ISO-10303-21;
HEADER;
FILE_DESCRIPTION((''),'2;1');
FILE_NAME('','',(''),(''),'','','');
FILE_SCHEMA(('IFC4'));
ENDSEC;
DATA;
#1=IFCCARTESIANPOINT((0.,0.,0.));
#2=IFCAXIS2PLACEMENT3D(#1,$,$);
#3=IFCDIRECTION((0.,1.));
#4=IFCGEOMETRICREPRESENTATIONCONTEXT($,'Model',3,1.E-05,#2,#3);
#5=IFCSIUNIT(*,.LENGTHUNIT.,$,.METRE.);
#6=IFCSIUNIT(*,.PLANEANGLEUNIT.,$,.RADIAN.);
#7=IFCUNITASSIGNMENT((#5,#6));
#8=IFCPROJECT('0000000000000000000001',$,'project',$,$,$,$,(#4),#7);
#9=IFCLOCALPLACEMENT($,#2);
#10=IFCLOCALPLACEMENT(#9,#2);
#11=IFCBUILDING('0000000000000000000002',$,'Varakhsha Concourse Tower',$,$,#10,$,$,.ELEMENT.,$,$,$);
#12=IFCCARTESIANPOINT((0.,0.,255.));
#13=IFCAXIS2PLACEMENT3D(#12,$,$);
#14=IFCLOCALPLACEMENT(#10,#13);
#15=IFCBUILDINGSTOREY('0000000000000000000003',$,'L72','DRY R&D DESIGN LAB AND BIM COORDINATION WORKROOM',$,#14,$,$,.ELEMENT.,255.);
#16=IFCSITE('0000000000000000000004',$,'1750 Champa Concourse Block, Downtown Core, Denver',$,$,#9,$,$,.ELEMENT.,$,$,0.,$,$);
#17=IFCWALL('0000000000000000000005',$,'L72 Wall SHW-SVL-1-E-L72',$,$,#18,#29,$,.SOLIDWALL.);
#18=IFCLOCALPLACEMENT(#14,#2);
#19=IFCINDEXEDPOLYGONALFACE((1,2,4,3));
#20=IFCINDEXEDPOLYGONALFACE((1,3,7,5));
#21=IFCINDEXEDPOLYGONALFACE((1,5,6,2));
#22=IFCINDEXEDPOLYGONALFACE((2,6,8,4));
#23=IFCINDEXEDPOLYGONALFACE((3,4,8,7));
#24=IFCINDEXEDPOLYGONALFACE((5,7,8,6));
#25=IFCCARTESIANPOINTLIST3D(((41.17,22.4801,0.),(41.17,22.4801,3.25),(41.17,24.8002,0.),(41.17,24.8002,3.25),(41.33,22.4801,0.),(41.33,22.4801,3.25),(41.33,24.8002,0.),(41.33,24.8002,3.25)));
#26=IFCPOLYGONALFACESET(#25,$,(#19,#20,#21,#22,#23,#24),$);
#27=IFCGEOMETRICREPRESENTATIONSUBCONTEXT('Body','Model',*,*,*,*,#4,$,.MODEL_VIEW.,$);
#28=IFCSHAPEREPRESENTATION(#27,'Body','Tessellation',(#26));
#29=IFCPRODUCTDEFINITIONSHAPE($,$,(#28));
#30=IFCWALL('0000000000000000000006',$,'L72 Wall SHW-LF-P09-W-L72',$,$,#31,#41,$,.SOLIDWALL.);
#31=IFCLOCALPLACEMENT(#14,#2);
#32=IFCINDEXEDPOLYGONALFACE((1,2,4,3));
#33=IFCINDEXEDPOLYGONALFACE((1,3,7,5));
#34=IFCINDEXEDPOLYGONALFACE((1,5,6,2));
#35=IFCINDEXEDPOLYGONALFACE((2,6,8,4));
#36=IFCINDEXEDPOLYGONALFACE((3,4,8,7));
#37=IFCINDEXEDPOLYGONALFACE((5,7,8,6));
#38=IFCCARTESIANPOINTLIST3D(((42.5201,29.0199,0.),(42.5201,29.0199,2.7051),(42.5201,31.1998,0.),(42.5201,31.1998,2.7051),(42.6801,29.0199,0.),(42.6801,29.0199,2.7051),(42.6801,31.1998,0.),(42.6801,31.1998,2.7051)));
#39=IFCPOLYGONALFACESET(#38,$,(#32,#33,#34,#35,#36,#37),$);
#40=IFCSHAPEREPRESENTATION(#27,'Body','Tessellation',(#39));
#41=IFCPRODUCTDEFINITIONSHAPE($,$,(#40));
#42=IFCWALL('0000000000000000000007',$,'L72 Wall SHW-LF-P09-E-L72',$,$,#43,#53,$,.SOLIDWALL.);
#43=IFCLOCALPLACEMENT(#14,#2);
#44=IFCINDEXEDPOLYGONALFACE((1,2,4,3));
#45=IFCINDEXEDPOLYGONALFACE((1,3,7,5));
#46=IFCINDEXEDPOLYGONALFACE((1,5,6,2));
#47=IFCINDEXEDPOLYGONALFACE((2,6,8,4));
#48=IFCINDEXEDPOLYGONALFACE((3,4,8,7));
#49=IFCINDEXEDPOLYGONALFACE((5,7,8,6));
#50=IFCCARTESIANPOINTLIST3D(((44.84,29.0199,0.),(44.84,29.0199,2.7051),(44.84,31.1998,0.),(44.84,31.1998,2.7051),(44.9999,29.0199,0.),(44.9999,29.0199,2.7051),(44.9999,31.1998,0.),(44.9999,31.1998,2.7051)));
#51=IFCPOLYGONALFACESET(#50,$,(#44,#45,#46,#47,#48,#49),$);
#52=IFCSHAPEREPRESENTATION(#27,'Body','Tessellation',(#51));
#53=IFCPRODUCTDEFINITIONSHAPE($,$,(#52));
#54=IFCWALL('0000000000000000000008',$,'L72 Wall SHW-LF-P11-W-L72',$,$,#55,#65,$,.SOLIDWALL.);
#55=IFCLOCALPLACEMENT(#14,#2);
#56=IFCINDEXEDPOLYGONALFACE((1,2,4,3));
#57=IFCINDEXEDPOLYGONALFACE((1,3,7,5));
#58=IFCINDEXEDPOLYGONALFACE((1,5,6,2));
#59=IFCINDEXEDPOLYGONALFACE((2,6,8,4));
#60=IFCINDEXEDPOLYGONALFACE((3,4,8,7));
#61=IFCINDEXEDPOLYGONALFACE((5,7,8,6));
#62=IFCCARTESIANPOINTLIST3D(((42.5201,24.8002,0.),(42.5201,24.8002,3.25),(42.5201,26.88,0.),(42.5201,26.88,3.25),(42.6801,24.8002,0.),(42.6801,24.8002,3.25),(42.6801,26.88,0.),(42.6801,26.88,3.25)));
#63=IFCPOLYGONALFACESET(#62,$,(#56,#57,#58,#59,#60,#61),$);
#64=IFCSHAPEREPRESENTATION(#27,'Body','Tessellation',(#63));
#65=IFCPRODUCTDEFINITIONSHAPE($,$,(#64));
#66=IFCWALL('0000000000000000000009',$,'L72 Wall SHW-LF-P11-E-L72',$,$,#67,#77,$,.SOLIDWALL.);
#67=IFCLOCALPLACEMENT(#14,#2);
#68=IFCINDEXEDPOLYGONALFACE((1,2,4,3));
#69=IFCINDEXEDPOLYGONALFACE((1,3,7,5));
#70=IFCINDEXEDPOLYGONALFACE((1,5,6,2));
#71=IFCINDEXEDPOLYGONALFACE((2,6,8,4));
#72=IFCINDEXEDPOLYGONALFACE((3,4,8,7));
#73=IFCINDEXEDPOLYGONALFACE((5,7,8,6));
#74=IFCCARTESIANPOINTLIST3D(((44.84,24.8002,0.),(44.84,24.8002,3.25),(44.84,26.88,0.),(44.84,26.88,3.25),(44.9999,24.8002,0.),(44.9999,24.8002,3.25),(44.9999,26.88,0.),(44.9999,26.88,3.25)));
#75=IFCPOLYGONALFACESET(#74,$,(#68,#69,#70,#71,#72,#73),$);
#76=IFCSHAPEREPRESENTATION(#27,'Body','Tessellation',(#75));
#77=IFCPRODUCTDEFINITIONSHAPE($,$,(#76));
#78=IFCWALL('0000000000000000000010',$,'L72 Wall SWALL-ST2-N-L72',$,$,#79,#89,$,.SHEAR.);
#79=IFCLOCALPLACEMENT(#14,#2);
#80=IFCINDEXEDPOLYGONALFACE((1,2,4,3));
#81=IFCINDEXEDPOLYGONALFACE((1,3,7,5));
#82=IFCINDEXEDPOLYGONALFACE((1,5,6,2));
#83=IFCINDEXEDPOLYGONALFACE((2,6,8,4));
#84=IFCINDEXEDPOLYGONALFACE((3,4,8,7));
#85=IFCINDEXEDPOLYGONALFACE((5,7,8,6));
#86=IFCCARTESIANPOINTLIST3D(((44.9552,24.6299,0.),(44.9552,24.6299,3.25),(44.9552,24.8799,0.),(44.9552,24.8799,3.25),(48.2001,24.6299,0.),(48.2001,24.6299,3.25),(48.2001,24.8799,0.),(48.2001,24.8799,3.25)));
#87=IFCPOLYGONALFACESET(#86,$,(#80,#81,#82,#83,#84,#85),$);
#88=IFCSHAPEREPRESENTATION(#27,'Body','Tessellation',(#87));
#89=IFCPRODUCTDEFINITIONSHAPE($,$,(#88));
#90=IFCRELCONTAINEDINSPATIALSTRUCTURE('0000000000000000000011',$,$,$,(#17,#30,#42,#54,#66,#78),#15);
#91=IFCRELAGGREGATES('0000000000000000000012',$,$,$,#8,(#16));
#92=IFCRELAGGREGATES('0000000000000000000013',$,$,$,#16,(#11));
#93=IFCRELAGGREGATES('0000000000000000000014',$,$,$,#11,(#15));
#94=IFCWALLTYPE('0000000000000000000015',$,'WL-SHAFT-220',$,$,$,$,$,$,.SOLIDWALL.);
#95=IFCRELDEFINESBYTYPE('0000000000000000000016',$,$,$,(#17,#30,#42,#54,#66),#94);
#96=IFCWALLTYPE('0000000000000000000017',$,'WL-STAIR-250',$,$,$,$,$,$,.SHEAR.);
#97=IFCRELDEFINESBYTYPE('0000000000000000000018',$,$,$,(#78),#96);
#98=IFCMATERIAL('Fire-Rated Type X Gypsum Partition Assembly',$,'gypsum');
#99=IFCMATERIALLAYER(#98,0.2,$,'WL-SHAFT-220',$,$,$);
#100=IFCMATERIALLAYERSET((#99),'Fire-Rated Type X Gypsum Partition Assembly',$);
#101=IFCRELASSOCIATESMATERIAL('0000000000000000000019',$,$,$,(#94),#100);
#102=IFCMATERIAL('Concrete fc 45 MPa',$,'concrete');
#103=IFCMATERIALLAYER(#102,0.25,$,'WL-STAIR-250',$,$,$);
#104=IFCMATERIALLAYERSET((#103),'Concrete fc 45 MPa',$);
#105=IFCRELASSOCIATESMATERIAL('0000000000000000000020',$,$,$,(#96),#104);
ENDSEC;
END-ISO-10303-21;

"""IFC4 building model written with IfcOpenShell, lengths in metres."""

from ifc_helpers import new_model, si_unit, direction, frame, frame_2d, origin, place, context, subcontext, project, spatial, rectangle, extrude, material, layer, layer_set, type_object, element, save


model = new_model("IFC4")

# Units and contexts
model_context = context("Model", 3, precision=1e-05, world=origin(), true_north=direction((0.0, 1.0)))
body_context = subcontext(model_context, "Body", "Model", "MODEL_VIEW")
ifc_project = project(units=[si_unit("LENGTHUNIT", "METRE"), si_unit("PLANEANGLEUNIT", "RADIAN")], contexts=[model_context])

# Site, building, storey
site_placement = place(None, origin())
site = spatial("IfcSite", under=ifc_project, at=site_placement, Name="1750 Champa Concourse Block, Downtown Core, Denver", CompositionType="ELEMENT", RefElevation=0.0)
building_placement = place(site_placement, origin())
building = spatial("IfcBuilding", under=site, at=building_placement, Name="Varakhsha Concourse Tower", CompositionType="ELEMENT")
storey_placement = place(building_placement, frame((0.0, 0.0, 255.0)))
storey = spatial("IfcBuildingStorey", under=building, at=storey_placement, Name="L72", Description="DRY R&D DESIGN LAB AND BIM COORDINATION WORKROOM", CompositionType="ELEMENT", Elevation=255.0)

# Shared definitions
ifc_material_1 = material(Name="Fire-Rated Type X Gypsum Partition Assembly", Category="gypsum")

# Walls
ifc_layer_1 = layer(ifc_material_1, 0.2, Name="WL-SHAFT-220")
ifc_layer_set_1 = layer_set([ifc_layer_1], Name="Fire-Rated Type X Gypsum Partition Assembly")
wall_type_1 = type_object("IfcWallType", Name="WL-SHAFT-220", PredefinedType="SOLIDWALL", material=ifc_layer_set_1)
for number, where, z_axis, x_axis, name in (
    (1, (41.25, 22.48, 0.0), (0.0, 0.0, 1.0), (0.0, 1.0, 0.0), "L72 Wall SHW-SVL-1-E-L72"),
):
    element("IfcWall", number, at=place(storey_placement, frame(where, z_axis=z_axis, x_axis=x_axis)), inside=storey, type_object=wall_type_1, Name=name, PredefinedType="SOLIDWALL", context=body_context, shape_type="SweptSolid", body=[
        extrude(rectangle(XDim=2.3201, YDim=0.1599, at=frame_2d((1.1602, 0.0))), origin(), (0.0, 0.0, 1.0), 3.25),
    ])
for number, where, z_axis, x_axis, name in (
    (2, (42.6001, 29.02, 0.0), (0.0, 0.0, 1.0), (0.0, 1.0, 0.0), "L72 Wall SHW-LF-P09-W-L72"),
    (3, (44.9199, 29.02, 0.0), (0.0, 0.0, 1.0), (0.0, 1.0, 0.0), "L72 Wall SHW-LF-P09-E-L72"),
):
    element("IfcWall", number, at=place(storey_placement, frame(where, z_axis=z_axis, x_axis=x_axis)), inside=storey, type_object=wall_type_1, Name=name, PredefinedType="SOLIDWALL", context=body_context, shape_type="SweptSolid", body=[
        extrude(rectangle(XDim=2.1799, YDim=0.1599, at=frame_2d((1.0898, 0.0))), origin(), (0.0, 0.0, 1.0), 2.7051),
    ])
for number, where, z_axis, x_axis, name in (
    (4, (42.6001, 24.8, 0.0), (0.0, 0.0, 1.0), (0.0, 1.0, 0.0), "L72 Wall SHW-LF-P11-W-L72"),
    (5, (44.9199, 24.8, 0.0), (0.0, 0.0, 1.0), (0.0, 1.0, 0.0), "L72 Wall SHW-LF-P11-E-L72"),
):
    element("IfcWall", number, at=place(storey_placement, frame(where, z_axis=z_axis, x_axis=x_axis)), inside=storey, type_object=wall_type_1, Name=name, PredefinedType="SOLIDWALL", context=body_context, shape_type="SweptSolid", body=[
        extrude(rectangle(XDim=2.0798, YDim=0.1599, at=frame_2d((1.04, 0.0))), origin(), (0.0, 0.0, 1.0), 3.25),
    ])
ifc_material_2 = material(Name="Concrete fc 45 MPa", Category="concrete")
ifc_layer_2 = layer(ifc_material_2, 0.25, Name="WL-STAIR-250")
ifc_layer_set_2 = layer_set([ifc_layer_2], Name="Concrete fc 45 MPa")
wall_type_2 = type_object("IfcWallType", Name="WL-STAIR-250", PredefinedType="SHEAR", material=ifc_layer_set_2)
wall_1_placement = place(storey_placement, frame((44.9551, 24.7549, 0.0), z_axis=(0.0, 0.0, 1.0), x_axis=(1.0, 0.0, 0.0)))
element("IfcWall", 6, at=wall_1_placement, inside=storey, type_object=wall_type_2, Name="L72 Wall SWALL-ST2-N-L72", PredefinedType="SHEAR", context=body_context, shape_type="SweptSolid", body=[
    extrude(rectangle(XDim=3.2449, YDim=0.25, at=frame_2d((1.6226, 0.0))), origin(), (0.0, 0.0, 1.0), 3.25),
])

save(model, "model.ifc")
